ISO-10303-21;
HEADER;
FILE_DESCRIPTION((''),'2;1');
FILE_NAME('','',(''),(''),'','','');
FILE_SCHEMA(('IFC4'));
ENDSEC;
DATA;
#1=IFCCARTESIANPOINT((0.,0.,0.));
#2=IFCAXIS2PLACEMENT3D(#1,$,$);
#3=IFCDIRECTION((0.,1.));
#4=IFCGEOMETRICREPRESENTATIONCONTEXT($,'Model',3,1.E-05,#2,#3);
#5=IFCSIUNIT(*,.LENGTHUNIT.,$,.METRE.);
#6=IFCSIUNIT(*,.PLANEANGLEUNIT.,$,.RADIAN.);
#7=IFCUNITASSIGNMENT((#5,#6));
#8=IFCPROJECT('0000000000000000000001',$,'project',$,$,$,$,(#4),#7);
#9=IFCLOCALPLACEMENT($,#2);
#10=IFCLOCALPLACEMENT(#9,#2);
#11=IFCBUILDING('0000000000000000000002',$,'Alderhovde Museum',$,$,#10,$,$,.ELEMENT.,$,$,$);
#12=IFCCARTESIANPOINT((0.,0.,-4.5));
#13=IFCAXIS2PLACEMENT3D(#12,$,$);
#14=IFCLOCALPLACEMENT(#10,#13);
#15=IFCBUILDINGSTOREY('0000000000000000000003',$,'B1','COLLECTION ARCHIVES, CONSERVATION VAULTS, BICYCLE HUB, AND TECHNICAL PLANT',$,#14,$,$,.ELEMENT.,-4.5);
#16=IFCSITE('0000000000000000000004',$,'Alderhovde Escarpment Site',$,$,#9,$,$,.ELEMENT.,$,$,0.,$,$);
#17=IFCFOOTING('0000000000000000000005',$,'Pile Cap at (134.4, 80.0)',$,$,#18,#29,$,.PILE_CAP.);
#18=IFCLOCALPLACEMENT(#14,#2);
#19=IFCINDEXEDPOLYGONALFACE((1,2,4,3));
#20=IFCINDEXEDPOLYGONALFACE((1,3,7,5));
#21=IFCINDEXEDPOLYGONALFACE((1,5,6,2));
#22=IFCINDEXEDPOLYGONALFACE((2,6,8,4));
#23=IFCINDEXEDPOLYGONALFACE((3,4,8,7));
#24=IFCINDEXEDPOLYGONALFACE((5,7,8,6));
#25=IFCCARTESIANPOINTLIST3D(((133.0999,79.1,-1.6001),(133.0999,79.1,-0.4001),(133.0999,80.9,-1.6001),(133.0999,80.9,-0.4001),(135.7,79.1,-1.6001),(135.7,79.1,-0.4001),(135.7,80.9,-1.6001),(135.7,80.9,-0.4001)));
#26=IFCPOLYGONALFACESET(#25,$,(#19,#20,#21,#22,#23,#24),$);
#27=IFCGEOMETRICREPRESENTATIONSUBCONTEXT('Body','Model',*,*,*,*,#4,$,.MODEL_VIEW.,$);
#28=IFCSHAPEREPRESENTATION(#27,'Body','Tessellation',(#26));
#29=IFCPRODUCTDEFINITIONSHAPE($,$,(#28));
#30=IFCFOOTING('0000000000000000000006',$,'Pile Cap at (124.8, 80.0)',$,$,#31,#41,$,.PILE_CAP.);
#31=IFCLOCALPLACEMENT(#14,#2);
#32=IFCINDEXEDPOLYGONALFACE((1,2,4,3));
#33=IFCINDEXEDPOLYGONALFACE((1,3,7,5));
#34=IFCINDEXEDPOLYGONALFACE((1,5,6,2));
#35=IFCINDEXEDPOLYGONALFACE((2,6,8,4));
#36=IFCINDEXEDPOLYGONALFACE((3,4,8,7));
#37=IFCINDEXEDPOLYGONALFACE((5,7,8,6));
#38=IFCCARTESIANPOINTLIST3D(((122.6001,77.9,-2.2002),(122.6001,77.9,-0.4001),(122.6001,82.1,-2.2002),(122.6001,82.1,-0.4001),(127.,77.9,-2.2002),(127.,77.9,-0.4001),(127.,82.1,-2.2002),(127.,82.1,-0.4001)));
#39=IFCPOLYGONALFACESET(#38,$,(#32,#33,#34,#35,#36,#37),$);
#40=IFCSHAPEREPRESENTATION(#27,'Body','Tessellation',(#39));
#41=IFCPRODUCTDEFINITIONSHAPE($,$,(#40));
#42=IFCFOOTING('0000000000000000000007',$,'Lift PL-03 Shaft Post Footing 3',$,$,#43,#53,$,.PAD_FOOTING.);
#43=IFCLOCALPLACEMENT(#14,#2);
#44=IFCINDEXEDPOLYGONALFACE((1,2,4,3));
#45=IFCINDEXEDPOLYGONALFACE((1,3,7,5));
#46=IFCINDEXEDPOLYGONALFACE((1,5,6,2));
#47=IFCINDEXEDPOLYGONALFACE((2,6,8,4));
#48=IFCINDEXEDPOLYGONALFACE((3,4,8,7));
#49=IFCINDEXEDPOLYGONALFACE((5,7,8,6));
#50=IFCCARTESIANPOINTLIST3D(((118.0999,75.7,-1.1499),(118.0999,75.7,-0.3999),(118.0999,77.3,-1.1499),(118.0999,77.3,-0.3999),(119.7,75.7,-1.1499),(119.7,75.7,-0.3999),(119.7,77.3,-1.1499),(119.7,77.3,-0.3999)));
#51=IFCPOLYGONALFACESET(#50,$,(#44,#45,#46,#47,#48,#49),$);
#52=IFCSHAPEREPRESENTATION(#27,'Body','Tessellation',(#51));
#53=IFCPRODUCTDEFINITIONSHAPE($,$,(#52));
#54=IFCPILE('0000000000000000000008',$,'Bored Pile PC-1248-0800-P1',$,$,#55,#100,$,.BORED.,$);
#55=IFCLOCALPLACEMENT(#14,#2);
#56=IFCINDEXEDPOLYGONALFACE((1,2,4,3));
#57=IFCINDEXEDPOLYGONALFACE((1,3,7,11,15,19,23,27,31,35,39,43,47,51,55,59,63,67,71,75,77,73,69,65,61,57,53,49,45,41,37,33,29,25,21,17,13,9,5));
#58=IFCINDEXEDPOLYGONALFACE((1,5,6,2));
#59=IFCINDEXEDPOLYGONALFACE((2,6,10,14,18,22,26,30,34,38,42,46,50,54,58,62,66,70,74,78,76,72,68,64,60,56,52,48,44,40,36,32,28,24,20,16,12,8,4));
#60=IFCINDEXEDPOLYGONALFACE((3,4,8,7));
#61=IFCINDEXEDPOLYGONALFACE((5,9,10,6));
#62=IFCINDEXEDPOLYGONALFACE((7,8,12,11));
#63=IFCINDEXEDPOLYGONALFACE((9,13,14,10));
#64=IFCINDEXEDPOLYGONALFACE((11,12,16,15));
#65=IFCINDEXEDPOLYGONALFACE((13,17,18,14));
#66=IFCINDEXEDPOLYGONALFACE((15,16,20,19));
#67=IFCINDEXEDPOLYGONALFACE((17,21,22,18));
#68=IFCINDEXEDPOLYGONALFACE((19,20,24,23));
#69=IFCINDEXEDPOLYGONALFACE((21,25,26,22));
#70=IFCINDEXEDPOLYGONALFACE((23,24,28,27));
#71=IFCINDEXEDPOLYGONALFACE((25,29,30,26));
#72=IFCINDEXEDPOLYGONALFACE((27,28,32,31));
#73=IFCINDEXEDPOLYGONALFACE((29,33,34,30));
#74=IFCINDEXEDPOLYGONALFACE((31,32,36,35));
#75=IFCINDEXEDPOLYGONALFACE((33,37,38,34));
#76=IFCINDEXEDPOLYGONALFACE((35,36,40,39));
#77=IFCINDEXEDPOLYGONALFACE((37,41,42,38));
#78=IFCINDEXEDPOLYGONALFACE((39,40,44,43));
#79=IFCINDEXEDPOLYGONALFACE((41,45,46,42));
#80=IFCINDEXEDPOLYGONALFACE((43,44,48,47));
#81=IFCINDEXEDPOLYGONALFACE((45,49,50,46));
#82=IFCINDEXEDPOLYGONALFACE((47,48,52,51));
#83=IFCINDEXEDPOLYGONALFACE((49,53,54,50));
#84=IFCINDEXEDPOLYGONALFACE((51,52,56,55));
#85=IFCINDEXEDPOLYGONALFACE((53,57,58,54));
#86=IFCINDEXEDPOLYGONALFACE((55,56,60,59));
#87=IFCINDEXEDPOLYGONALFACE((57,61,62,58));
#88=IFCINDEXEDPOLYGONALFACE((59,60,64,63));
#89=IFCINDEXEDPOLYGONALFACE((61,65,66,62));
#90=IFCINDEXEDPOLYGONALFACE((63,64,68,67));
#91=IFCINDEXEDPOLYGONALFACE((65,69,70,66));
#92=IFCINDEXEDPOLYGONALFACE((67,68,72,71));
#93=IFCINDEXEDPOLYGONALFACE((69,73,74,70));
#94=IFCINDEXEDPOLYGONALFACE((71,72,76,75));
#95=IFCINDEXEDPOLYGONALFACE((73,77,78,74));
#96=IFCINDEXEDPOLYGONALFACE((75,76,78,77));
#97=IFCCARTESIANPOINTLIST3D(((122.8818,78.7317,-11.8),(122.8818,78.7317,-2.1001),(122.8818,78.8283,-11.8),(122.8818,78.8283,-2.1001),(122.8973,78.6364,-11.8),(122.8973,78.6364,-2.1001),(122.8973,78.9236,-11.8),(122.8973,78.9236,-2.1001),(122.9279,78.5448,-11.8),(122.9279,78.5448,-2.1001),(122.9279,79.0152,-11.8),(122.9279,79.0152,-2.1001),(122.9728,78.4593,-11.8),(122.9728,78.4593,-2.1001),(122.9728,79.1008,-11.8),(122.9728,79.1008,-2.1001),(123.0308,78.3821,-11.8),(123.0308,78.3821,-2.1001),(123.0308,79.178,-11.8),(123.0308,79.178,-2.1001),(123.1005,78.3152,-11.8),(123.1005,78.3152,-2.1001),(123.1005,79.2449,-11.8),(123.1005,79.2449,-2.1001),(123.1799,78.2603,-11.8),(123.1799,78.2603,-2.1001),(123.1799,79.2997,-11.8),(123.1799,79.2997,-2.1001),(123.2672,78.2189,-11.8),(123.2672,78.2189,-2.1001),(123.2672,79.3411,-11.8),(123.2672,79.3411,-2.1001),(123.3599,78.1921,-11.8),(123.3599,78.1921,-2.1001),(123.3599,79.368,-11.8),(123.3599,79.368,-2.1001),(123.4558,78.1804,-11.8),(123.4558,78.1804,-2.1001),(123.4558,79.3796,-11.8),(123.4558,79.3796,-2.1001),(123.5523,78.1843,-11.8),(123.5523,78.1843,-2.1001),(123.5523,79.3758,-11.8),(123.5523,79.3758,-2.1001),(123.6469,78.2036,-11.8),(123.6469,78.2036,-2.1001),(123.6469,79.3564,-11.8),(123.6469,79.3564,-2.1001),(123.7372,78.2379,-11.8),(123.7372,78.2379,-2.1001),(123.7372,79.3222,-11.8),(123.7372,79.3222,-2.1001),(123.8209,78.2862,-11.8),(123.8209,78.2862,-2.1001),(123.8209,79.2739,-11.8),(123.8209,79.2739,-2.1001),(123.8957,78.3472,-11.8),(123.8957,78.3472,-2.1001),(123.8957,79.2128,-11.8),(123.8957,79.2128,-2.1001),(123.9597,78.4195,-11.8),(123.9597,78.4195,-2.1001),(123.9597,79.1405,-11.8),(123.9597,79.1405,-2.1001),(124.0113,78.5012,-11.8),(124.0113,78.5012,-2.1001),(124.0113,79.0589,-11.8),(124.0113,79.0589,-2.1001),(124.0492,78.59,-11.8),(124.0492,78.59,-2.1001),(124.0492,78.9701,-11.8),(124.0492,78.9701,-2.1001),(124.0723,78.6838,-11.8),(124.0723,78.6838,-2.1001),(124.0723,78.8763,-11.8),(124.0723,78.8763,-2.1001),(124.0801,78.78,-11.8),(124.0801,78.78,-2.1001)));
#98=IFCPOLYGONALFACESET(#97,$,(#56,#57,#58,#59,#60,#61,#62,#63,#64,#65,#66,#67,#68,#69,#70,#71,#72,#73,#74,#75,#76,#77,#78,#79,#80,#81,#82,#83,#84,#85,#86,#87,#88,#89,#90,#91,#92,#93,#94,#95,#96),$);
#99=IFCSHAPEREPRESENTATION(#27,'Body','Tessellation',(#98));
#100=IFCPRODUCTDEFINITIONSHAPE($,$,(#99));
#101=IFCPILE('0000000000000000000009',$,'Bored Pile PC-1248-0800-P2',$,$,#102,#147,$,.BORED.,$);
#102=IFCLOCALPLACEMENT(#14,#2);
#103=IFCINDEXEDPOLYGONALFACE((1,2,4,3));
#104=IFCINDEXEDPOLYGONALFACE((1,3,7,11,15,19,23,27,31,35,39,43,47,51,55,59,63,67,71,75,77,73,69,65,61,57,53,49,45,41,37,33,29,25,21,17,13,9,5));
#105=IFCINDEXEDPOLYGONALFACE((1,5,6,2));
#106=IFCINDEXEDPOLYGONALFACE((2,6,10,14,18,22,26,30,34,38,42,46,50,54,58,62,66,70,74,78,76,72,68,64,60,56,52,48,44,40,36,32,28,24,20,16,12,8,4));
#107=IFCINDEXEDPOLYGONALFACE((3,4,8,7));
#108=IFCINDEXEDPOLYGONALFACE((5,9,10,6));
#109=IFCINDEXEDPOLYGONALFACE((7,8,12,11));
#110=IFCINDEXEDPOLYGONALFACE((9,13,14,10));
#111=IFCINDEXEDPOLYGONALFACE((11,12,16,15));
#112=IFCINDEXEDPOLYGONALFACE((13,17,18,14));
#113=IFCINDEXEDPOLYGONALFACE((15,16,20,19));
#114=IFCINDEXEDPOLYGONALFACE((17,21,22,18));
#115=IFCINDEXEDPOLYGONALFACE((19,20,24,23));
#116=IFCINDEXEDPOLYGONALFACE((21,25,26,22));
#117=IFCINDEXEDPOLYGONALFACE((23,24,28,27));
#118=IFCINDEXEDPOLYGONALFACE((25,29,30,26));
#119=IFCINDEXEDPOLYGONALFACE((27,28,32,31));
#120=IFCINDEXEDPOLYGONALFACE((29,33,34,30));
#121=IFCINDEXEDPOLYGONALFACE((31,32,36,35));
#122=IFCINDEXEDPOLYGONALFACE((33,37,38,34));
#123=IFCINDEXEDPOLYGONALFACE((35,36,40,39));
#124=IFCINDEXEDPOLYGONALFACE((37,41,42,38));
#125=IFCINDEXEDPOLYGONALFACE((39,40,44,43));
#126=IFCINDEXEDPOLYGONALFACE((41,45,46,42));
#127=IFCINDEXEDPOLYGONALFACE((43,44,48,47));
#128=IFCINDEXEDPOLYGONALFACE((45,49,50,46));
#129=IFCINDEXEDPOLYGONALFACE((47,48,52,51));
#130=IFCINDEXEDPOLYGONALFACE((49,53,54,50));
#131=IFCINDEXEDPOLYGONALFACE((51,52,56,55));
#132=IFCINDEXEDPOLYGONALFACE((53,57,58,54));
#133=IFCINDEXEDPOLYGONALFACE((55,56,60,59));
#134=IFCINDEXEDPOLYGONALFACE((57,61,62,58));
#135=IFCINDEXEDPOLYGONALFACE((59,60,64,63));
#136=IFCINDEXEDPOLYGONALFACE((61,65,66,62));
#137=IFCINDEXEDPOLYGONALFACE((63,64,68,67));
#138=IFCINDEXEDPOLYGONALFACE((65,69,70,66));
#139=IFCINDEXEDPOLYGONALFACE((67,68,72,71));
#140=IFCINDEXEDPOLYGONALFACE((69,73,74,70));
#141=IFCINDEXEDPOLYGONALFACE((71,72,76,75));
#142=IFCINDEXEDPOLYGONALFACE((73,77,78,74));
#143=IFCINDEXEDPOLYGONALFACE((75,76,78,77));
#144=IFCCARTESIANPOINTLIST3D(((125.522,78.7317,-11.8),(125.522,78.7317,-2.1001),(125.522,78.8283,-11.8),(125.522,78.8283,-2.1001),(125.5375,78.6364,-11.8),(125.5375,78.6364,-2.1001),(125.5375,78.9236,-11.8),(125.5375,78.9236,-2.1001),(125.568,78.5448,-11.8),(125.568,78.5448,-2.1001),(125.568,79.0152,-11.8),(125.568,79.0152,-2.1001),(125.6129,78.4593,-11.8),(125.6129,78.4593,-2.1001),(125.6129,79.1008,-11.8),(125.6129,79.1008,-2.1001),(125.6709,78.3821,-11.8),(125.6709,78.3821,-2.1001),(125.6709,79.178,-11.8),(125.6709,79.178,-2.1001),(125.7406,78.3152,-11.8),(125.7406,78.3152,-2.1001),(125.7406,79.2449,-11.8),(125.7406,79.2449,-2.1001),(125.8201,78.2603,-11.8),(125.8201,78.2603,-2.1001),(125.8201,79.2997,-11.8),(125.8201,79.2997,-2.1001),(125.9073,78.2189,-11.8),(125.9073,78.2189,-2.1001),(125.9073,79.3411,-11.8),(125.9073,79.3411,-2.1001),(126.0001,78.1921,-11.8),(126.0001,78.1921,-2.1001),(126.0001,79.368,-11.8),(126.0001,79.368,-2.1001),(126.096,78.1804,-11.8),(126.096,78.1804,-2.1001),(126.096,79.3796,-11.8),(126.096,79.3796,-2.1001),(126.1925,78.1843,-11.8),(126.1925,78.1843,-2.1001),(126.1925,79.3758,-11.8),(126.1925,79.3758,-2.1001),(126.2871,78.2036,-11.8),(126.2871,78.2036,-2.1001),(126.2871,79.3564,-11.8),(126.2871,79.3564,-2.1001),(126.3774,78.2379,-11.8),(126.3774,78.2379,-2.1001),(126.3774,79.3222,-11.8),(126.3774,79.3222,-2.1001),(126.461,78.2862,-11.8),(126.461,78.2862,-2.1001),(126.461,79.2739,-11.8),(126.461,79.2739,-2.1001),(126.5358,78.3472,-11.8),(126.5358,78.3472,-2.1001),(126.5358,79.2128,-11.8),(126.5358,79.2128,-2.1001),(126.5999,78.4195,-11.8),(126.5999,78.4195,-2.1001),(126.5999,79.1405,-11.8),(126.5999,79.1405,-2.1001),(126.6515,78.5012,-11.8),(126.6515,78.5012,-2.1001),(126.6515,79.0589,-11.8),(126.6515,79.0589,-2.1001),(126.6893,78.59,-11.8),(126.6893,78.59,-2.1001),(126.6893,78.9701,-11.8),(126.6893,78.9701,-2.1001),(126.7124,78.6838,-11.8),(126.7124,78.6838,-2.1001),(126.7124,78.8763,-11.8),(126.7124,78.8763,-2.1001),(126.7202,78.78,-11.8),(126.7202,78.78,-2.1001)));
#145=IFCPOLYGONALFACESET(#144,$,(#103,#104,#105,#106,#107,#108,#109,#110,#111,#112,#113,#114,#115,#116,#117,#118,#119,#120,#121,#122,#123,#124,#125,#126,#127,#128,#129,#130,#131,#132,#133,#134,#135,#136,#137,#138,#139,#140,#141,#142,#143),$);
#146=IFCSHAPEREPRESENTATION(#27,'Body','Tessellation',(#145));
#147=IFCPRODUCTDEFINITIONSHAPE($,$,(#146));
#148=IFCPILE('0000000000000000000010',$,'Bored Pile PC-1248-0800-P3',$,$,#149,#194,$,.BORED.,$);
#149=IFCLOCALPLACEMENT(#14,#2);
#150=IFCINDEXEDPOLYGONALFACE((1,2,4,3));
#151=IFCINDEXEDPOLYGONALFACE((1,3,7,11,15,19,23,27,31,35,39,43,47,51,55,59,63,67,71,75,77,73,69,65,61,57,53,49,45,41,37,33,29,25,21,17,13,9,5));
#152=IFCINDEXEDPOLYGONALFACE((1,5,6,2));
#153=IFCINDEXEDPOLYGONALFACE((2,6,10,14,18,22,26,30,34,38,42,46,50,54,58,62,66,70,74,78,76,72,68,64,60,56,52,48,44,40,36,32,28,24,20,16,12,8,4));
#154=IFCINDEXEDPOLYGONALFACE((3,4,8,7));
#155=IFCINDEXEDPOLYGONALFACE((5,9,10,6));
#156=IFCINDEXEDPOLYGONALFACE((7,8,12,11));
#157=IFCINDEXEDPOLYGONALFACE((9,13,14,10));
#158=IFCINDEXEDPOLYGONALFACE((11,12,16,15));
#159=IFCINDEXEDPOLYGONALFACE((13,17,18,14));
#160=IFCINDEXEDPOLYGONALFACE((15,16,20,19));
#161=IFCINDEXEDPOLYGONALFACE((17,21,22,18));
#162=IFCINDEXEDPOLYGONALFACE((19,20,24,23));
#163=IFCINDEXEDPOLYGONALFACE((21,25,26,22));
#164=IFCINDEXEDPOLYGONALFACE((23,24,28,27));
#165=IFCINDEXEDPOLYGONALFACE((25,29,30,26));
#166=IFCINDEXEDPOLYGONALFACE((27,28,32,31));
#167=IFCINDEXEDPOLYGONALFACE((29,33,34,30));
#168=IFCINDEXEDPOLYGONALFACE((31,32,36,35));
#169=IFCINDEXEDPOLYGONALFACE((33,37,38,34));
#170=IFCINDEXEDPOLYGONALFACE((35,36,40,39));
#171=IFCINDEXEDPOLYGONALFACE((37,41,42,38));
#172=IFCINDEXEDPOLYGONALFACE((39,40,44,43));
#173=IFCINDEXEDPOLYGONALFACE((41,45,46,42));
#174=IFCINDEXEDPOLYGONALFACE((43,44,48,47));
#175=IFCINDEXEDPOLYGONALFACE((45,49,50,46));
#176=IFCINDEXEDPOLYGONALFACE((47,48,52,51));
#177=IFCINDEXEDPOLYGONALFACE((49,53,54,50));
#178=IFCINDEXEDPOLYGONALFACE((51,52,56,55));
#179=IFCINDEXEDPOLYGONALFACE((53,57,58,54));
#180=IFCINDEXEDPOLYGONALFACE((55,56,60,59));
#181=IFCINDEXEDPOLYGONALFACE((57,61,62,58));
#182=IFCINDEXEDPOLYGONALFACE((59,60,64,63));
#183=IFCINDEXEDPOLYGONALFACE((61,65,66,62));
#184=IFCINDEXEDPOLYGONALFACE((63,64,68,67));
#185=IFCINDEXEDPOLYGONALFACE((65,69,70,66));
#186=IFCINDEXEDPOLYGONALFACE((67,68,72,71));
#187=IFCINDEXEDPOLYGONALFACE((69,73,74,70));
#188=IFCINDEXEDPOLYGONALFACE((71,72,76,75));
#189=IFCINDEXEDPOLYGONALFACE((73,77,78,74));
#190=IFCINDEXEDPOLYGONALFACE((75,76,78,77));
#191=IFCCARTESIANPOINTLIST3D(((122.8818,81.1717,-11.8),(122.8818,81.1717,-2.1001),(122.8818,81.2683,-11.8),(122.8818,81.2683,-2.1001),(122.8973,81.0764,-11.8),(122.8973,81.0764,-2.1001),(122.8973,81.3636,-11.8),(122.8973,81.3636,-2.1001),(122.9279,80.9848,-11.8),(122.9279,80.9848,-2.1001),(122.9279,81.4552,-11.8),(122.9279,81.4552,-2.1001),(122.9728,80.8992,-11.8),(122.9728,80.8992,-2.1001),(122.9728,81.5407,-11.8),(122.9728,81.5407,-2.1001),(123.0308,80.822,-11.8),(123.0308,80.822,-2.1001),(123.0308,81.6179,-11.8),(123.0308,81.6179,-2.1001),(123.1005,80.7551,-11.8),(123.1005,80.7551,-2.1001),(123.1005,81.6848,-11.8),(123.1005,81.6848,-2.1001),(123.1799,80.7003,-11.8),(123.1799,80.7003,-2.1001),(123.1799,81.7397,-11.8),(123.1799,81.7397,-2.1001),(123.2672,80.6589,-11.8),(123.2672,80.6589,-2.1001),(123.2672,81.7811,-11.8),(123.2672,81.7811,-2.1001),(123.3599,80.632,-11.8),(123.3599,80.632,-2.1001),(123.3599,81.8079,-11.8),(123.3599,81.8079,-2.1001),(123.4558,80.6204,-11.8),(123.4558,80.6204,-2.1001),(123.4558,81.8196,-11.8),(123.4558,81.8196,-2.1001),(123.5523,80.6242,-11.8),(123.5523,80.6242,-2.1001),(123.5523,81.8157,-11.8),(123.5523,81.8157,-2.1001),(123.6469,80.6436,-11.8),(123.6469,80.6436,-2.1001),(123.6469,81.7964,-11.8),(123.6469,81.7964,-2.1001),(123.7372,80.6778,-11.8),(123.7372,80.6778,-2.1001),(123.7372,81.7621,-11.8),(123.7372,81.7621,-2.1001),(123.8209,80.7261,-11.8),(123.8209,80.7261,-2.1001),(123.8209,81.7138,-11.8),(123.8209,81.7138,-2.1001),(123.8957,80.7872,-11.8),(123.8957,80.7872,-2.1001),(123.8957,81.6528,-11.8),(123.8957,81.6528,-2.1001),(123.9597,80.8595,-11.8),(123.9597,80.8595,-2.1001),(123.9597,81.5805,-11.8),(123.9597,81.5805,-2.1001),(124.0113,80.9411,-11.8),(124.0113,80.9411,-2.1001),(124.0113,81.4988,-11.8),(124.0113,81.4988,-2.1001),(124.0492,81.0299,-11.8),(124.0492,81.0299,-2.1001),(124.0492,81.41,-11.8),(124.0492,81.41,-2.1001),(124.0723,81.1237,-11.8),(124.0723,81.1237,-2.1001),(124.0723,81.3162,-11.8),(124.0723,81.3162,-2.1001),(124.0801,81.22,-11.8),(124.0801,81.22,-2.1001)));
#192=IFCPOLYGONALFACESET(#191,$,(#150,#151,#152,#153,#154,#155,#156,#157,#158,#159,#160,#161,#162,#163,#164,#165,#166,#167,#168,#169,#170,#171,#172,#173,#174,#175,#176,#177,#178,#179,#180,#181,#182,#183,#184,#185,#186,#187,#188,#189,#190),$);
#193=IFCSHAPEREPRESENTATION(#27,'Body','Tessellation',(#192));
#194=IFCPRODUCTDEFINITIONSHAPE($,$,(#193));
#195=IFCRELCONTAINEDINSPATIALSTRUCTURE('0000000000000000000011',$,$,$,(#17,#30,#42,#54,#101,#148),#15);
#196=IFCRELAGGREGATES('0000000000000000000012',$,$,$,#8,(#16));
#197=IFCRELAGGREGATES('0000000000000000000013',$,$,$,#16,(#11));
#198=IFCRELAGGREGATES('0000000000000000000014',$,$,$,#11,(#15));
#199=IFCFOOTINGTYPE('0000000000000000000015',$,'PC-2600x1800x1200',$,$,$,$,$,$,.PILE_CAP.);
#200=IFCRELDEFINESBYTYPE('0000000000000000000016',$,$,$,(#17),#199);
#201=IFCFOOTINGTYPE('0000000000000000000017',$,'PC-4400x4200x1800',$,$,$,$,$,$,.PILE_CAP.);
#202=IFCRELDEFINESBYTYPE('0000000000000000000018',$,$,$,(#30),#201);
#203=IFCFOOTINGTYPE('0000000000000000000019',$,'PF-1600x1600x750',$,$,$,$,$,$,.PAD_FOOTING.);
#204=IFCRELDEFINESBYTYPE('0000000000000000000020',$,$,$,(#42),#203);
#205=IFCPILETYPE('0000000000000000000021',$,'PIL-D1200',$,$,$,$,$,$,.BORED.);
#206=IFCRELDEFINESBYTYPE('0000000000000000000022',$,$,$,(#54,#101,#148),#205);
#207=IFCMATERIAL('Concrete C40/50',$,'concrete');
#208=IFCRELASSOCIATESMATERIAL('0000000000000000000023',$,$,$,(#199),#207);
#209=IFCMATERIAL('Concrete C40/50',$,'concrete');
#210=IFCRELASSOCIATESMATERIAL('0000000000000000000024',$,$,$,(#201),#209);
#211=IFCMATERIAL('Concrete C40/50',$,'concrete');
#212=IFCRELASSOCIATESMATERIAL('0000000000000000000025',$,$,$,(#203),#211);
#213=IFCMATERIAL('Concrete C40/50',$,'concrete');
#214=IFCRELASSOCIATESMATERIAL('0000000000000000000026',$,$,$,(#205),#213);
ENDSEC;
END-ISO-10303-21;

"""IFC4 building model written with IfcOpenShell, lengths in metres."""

from ifc_helpers import new_model, si_unit, direction, frame, origin, origin_2d, place, context, subcontext, project, spatial, rectangle, circle, extrude, material, material_profile, profile_set, type_object, element, save


model = new_model("IFC4")

# Units and contexts
model_context = context("Model", 3, precision=1e-05, world=origin(), true_north=direction((0.0, 1.0)))
body_context = subcontext(model_context, "Body", "Model", "MODEL_VIEW")
ifc_project = project(units=[si_unit("LENGTHUNIT", "METRE"), si_unit("PLANEANGLEUNIT", "RADIAN")], contexts=[model_context])

# Site, building, storey
site_placement = place(None, origin())
site = spatial("IfcSite", under=ifc_project, at=site_placement, Name="Alderhovde Escarpment Site", CompositionType="ELEMENT", RefElevation=0.0)
building_placement = place(site_placement, origin())
building = spatial("IfcBuilding", under=site, at=building_placement, Name="Alderhovde Museum", CompositionType="ELEMENT")
storey_placement = place(building_placement, frame((0.0, 0.0, -4.5)))
storey = spatial("IfcBuildingStorey", under=building, at=storey_placement, Name="B1", Description="COLLECTION ARCHIVES, CONSERVATION VAULTS, BICYCLE HUB, AND TECHNICAL PLANT", CompositionType="ELEMENT", Elevation=-4.5)

# Footings
ifc_material_1 = material(Name="Concrete C40/50", Category="concrete")
footing_type_1 = type_object("IfcFootingType", Name="PC-2600x1800x1200", PredefinedType="PILE_CAP", material=ifc_material_1)
footing_1_placement = place(storey_placement, frame((134.3999, 80.0, -1.6001), z_axis=(0.0, 0.0, 1.0), x_axis=(1.0, 0.0, 0.0)))
element("IfcFooting", 1, at=footing_1_placement, inside=storey, type_object=footing_type_1, Name="Pile Cap at (134.4, 80.0)", PredefinedType="PILE_CAP", context=body_context, shape_type="SweptSolid", body=[
    extrude(rectangle(XDim=2.6001, YDim=1.8, at=origin_2d()), origin(), (0.0, 0.0, 1.0), 1.2),
])
ifc_material_2 = material(Name="Concrete C40/50", Category="concrete")
footing_type_2 = type_object("IfcFootingType", Name="PC-4400x4200x1800", PredefinedType="PILE_CAP", material=ifc_material_2)
footing_2_placement = place(storey_placement, frame((124.8, 80.0, -2.2002), z_axis=(0.0, 0.0, 1.0), x_axis=(1.0, 0.0, 0.0)))
element("IfcFooting", 2, at=footing_2_placement, inside=storey, type_object=footing_type_2, Name="Pile Cap at (124.8, 80.0)", PredefinedType="PILE_CAP", context=body_context, shape_type="SweptSolid", body=[
    extrude(rectangle(XDim=4.3999, YDim=4.2, at=origin_2d()), origin(), (0.0, 0.0, 1.0), 1.8),
])
ifc_material_3 = material(Name="Concrete C40/50", Category="concrete")
footing_type_3 = type_object("IfcFootingType", Name="PF-1600x1600x750", PredefinedType="PAD_FOOTING", material=ifc_material_3)
footing_3_placement = place(storey_placement, frame((118.8999, 76.5, -1.1499), z_axis=(0.0, 0.0, 1.0), x_axis=(1.0, 0.0, 0.0)))
element("IfcFooting", 3, at=footing_3_placement, inside=storey, type_object=footing_type_3, Name="Lift PL-03 Shaft Post Footing 3", PredefinedType="PAD_FOOTING", context=body_context, shape_type="SweptSolid", body=[
    extrude(rectangle(XDim=1.6001, YDim=1.6001, at=origin_2d()), origin(), (0.0, 0.0, 1.0), 0.75),
])

# Piles
ifc_material_4 = material(Name="Concrete C40/50", Category="concrete")
ifc_material_profile_1 = material_profile(ifc_material_4, circle(Radius=0.6001, at=origin_2d()), Name="PILE-D1200")
ifc_profile_set_1 = profile_set([ifc_material_profile_1], Name="Concrete C40/50")
pile_type_1 = type_object("IfcPileType", Name="PIL-D1200", PredefinedType="BORED", material=ifc_profile_set_1)
for number, where, z_axis, x_axis, name in (
    (4, (123.48, 78.78, -2.1001), (0.0, 0.0, -1.0), (1.0, 0.0, 0.0), "Bored Pile PC-1248-0800-P1"),
    (5, (126.1201, 78.78, -2.1001), (0.0, 0.0, -1.0), (1.0, 0.0, 0.0), "Bored Pile PC-1248-0800-P2"),
    (6, (123.48, 81.22, -2.1001), (0.0, 0.0, -1.0), (1.0, 0.0, 0.0), "Bored Pile PC-1248-0800-P3"),
):
    element("IfcPile", number, at=place(storey_placement, frame(where, z_axis=z_axis, x_axis=x_axis)), inside=storey, type_object=pile_type_1, Name=name, PredefinedType="BORED", context=body_context, shape_type="SweptSolid", body=[
        extrude(circle(Radius=0.6001, at=origin_2d()), origin(), (0.0, 0.0, 1.0), 9.7),
    ])

save(model, "model.ifc")
